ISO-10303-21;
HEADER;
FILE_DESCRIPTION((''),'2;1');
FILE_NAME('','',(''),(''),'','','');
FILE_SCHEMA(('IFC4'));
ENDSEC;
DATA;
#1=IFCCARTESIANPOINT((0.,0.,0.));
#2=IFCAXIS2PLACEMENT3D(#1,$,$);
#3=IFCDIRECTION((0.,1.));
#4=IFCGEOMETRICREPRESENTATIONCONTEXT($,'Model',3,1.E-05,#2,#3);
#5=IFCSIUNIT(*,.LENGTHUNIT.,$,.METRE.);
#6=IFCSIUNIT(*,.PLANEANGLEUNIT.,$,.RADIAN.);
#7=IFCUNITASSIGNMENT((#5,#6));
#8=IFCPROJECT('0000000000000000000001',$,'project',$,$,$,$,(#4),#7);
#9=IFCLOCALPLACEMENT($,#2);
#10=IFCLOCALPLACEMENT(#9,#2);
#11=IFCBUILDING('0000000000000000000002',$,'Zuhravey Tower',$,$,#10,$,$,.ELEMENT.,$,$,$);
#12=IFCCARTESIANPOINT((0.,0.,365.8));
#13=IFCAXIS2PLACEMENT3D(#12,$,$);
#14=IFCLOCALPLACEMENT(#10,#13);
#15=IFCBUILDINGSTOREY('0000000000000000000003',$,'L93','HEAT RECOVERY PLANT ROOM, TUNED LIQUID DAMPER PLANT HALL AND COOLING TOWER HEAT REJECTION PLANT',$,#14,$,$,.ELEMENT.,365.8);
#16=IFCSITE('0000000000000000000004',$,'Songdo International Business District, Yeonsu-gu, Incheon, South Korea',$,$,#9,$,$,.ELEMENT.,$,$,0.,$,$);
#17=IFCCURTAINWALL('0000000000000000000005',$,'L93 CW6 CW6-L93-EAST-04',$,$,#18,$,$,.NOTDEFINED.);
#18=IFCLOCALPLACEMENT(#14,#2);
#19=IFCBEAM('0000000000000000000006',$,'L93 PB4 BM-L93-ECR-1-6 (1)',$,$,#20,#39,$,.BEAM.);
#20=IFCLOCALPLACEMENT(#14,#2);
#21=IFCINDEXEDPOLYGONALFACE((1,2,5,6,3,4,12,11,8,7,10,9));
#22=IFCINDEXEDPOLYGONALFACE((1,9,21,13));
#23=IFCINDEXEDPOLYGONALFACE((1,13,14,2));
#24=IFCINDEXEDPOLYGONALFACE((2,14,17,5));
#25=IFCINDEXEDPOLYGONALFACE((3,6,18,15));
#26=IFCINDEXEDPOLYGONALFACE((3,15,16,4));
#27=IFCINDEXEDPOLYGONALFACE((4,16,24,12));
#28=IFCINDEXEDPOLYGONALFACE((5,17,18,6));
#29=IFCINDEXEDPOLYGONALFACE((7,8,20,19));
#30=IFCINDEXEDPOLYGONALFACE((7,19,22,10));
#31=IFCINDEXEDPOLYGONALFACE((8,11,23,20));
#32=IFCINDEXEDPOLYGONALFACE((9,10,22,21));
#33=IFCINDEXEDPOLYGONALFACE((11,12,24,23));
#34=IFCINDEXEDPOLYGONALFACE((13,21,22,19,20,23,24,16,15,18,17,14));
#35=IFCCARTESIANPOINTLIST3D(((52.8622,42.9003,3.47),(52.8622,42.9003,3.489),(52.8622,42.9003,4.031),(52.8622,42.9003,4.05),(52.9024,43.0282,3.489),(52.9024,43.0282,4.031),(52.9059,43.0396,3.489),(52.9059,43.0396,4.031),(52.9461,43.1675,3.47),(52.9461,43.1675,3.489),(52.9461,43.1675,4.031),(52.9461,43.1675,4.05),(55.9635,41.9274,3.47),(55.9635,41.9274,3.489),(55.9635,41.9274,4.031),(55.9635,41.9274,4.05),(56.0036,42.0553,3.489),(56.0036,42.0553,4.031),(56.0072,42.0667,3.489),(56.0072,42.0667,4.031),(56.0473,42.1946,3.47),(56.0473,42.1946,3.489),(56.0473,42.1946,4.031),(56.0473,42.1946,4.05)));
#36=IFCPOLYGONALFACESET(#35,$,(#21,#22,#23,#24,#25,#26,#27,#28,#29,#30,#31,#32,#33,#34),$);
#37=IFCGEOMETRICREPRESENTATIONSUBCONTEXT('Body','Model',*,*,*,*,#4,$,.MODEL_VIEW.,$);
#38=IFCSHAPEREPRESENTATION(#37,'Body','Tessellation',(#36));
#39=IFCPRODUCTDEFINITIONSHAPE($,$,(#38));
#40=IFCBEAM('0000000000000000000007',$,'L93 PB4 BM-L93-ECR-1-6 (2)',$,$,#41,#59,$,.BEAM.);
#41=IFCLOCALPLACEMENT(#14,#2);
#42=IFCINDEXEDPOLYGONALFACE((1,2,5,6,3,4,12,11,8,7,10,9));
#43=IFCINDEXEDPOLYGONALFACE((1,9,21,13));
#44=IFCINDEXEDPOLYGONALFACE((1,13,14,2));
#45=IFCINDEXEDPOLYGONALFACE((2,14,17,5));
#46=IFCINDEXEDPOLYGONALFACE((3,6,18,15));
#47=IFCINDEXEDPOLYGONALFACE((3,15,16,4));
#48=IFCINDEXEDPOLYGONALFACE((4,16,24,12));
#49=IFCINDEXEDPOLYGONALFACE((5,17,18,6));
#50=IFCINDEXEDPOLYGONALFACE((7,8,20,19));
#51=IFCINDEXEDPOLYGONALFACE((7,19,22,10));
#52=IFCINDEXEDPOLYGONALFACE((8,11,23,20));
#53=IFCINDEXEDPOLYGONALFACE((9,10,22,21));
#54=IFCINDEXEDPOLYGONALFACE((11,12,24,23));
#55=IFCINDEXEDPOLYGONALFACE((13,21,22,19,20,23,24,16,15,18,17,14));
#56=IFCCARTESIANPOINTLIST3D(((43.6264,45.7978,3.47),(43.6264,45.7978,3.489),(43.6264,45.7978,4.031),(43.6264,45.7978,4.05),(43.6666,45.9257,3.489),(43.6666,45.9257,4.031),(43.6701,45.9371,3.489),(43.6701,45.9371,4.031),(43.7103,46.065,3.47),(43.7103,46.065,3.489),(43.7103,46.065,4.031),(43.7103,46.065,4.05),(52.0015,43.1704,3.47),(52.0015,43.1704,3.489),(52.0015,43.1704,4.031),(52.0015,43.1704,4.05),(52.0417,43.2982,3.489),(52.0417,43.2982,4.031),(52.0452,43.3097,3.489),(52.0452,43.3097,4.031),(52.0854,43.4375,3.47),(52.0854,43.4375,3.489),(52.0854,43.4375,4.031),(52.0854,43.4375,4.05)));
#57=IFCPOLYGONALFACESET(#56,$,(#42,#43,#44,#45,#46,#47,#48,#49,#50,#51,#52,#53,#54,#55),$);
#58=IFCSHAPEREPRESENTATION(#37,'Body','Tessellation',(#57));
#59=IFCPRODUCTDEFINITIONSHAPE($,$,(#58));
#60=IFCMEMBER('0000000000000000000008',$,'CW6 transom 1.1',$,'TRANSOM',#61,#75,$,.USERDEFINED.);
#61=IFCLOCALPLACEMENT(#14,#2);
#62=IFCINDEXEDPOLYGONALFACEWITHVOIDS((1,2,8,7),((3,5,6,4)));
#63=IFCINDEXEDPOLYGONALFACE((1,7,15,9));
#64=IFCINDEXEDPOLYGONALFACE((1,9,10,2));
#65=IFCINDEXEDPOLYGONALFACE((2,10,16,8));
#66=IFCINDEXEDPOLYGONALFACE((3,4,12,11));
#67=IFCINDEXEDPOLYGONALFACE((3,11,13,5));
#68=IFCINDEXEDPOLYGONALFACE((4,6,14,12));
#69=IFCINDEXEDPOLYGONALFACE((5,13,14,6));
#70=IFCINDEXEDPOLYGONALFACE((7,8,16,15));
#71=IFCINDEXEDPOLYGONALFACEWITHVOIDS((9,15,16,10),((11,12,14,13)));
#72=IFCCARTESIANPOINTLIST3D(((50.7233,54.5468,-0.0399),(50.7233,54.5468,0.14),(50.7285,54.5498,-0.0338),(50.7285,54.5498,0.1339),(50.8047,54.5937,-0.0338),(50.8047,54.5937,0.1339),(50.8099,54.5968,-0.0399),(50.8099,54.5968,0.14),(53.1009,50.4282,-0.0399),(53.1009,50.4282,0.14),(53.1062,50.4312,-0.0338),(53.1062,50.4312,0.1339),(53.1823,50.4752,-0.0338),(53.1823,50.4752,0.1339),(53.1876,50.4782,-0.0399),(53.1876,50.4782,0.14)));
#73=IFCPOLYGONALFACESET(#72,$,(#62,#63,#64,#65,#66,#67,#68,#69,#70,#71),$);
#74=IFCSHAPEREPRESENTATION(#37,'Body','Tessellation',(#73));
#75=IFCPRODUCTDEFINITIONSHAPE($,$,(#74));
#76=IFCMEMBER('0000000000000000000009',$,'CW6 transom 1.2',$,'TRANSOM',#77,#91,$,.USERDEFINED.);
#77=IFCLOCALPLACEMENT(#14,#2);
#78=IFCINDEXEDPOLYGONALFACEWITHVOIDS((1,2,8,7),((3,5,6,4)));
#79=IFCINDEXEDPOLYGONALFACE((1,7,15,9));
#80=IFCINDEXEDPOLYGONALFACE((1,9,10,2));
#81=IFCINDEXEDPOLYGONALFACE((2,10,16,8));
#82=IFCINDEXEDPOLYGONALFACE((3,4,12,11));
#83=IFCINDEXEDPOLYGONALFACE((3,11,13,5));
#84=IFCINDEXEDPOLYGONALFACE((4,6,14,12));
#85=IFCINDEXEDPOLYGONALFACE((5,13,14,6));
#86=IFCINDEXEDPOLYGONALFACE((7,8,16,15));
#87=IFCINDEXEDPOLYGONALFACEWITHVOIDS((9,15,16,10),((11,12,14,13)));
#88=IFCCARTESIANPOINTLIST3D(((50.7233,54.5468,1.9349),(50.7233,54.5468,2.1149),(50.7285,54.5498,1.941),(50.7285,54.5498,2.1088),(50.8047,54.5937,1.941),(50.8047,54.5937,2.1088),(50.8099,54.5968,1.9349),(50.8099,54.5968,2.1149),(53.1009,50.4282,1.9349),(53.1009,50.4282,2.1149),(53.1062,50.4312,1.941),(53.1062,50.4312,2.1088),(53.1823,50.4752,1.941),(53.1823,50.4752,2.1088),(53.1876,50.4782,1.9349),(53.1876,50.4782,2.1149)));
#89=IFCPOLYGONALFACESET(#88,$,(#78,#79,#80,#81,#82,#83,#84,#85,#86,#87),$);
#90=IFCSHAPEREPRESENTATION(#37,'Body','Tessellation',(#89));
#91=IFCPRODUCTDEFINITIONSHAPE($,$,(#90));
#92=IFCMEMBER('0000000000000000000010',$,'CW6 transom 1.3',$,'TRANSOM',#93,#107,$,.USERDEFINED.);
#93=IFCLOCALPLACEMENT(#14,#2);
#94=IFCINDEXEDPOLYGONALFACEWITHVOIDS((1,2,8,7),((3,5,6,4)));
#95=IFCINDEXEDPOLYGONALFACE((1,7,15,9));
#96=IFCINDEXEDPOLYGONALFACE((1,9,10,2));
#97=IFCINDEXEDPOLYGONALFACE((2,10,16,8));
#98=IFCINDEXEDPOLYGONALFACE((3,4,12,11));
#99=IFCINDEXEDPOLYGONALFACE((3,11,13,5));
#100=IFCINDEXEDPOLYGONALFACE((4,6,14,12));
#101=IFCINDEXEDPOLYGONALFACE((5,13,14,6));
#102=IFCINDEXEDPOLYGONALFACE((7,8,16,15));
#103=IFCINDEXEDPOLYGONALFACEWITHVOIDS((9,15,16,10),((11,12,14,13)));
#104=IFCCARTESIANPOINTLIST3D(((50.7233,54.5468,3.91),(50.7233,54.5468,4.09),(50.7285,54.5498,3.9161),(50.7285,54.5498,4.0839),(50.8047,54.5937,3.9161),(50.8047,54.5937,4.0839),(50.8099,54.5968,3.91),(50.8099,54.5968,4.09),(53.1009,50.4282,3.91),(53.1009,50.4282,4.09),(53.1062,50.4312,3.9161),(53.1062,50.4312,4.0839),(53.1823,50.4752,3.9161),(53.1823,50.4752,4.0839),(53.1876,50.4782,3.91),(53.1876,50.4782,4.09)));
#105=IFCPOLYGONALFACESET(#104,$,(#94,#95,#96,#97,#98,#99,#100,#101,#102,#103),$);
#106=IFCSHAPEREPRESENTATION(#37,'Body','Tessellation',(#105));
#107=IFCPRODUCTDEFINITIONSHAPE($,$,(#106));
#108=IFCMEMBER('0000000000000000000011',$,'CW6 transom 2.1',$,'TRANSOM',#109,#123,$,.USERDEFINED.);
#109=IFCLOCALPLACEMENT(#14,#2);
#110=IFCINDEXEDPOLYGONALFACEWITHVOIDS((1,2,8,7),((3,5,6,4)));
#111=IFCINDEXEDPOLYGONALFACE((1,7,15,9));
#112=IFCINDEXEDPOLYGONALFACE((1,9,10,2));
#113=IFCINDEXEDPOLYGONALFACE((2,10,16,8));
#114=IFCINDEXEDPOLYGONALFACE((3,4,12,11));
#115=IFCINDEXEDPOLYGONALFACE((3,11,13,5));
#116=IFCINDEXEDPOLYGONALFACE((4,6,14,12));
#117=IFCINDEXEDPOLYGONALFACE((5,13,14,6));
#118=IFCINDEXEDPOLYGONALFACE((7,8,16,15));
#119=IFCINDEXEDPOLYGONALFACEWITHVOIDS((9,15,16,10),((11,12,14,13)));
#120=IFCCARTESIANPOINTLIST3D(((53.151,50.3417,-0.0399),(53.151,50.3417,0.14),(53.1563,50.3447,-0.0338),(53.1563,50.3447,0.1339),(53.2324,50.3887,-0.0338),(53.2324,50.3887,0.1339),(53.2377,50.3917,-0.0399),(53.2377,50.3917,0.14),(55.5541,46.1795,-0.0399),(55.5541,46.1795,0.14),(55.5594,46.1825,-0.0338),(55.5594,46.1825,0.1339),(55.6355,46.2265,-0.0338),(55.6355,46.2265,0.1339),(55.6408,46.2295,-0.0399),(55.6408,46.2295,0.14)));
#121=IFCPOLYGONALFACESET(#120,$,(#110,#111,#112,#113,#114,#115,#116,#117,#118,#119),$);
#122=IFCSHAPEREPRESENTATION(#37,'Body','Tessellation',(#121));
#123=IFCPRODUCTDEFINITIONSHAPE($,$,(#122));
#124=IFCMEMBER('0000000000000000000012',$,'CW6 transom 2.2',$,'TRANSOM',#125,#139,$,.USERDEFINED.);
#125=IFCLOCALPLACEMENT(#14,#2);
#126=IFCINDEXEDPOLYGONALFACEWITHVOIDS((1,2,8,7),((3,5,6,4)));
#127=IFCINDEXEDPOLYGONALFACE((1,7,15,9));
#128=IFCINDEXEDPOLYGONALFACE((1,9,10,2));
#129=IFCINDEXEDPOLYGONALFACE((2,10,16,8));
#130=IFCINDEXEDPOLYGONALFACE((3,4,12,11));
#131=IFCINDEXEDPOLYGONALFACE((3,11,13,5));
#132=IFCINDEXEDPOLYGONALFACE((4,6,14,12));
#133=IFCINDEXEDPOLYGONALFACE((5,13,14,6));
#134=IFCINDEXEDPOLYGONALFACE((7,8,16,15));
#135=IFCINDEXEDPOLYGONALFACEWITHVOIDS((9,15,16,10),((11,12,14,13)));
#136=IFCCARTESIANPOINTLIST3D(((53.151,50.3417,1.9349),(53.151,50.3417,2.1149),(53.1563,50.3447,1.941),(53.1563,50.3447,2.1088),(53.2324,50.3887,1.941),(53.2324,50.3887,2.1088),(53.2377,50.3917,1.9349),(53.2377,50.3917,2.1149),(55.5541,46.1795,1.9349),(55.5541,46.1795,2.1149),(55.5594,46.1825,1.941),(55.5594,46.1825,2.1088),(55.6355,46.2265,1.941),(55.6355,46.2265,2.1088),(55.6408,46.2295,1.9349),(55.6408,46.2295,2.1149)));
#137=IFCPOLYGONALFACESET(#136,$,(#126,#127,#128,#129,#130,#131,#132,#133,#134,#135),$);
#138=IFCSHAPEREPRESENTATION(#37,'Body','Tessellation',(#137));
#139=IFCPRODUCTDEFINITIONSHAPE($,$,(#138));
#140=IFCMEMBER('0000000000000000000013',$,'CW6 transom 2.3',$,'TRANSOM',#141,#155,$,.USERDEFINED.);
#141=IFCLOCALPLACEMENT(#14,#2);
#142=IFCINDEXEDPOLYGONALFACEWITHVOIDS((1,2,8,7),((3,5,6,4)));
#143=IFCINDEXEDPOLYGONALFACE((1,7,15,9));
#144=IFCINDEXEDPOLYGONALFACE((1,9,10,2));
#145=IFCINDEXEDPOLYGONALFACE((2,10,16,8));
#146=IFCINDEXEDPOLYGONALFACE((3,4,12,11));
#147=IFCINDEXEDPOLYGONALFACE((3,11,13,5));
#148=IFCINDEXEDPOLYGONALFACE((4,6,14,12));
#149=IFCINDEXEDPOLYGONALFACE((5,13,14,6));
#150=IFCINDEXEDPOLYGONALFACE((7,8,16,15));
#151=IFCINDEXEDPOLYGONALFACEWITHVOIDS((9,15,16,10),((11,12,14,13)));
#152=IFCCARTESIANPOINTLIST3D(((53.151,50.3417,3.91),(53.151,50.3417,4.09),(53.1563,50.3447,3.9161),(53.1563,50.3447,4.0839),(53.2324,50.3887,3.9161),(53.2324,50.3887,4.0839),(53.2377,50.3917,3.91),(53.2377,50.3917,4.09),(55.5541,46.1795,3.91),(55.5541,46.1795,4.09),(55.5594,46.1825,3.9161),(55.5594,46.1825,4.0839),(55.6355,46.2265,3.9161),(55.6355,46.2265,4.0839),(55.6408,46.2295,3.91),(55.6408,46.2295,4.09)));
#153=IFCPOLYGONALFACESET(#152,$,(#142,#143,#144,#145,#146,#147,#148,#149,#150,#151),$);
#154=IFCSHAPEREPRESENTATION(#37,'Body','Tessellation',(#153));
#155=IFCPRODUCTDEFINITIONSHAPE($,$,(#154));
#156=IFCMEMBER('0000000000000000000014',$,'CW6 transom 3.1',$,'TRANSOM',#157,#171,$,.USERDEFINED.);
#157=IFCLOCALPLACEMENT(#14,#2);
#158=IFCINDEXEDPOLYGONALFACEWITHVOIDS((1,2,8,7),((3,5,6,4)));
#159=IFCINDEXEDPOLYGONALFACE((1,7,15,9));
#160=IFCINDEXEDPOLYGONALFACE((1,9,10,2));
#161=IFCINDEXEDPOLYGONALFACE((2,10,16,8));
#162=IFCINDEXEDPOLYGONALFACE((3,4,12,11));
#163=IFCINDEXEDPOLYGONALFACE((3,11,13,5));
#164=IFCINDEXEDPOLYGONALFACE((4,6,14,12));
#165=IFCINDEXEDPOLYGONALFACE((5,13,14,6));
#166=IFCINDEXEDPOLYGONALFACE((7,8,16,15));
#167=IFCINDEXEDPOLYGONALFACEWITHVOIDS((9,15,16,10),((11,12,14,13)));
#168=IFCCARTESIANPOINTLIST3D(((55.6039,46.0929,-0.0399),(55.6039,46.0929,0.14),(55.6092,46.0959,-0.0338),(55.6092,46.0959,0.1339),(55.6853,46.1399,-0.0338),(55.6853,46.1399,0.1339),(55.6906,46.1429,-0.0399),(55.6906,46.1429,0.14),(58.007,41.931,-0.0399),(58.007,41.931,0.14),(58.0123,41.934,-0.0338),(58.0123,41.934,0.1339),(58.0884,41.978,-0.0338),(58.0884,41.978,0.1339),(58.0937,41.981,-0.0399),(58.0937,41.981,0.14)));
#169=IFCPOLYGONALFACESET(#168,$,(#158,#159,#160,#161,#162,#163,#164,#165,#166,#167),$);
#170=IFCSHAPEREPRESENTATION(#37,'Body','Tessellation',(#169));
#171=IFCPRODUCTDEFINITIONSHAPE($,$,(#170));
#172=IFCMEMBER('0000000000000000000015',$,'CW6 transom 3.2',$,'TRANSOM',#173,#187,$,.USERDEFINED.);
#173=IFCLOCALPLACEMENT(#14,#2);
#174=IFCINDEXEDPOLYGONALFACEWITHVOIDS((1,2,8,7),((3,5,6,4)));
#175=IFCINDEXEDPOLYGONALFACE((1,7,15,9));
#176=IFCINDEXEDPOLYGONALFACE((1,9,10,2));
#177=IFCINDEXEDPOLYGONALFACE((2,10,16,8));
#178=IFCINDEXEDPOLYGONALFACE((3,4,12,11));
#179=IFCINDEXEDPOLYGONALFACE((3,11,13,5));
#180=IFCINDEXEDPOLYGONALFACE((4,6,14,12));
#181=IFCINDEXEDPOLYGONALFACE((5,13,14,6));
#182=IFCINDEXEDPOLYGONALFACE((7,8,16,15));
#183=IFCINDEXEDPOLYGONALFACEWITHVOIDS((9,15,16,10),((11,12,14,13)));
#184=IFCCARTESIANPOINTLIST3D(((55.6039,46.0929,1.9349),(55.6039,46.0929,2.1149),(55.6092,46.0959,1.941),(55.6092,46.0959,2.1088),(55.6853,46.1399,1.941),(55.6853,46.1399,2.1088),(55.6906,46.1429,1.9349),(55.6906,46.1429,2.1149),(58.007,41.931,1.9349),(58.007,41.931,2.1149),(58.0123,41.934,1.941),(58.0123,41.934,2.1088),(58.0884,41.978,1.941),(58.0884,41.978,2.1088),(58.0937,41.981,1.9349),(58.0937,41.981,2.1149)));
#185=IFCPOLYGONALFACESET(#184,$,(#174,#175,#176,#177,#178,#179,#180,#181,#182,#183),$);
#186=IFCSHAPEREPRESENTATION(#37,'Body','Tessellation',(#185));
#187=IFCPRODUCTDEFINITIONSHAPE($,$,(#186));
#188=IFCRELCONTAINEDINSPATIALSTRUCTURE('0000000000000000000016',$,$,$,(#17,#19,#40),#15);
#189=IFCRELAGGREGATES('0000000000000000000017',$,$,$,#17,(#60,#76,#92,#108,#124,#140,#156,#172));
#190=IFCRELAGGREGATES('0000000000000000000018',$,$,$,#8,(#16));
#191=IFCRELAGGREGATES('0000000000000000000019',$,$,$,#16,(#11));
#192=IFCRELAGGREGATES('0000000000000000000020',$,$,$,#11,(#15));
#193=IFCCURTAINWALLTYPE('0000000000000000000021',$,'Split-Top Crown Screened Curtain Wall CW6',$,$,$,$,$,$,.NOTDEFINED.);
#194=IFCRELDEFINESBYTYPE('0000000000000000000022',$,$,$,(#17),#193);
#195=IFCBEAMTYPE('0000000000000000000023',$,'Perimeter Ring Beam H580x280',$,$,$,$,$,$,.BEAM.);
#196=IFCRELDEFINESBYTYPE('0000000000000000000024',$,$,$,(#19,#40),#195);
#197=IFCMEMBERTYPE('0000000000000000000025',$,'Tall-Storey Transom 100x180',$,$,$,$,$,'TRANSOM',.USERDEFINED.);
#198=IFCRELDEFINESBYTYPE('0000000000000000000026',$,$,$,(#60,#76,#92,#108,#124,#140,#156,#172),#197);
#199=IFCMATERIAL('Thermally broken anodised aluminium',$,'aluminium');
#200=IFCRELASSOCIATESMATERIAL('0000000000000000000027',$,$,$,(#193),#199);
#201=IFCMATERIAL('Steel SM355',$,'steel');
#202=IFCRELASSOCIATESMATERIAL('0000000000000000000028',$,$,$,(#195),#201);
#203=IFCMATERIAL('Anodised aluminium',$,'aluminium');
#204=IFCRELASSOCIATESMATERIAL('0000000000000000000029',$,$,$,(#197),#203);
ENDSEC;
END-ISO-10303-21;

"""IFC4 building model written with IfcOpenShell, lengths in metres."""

from ifc_helpers import new_model, si_unit, direction, frame, origin, origin_2d, place, context, subcontext, project, spatial, hollow_rectangle, i_section, extrude, material, material_profile, profile_set, type_object, element, aggregate, save


model = new_model("IFC4")

# Units and contexts
model_context = context("Model", 3, precision=1e-05, world=origin(), true_north=direction((0.0, 1.0)))
body_context = subcontext(model_context, "Body", "Model", "MODEL_VIEW")
ifc_project = project(units=[si_unit("LENGTHUNIT", "METRE"), si_unit("PLANEANGLEUNIT", "RADIAN")], contexts=[model_context])

# Site, building, storey
site_placement = place(None, origin())
site = spatial("IfcSite", under=ifc_project, at=site_placement, Name="Songdo International Business District, Yeonsu-gu, Incheon, South Korea", CompositionType="ELEMENT", RefElevation=0.0)
building_placement = place(site_placement, origin())
building = spatial("IfcBuilding", under=site, at=building_placement, Name="Zuhravey Tower", CompositionType="ELEMENT")
storey_placement = place(building_placement, frame((0.0, 0.0, 365.8)))
storey = spatial("IfcBuildingStorey", under=building, at=storey_placement, Name="L93", Description="HEAT RECOVERY PLANT ROOM, TUNED LIQUID DAMPER PLANT HALL AND COOLING TOWER HEAT REJECTION PLANT", CompositionType="ELEMENT", Elevation=365.8)

# Shared definitions
ifc_material_1 = material(Name="Steel SM355", Category="steel")

# Curtain wall
ifc_material_2 = material(Name="Thermally broken anodised aluminium", Category="aluminium")
curtain_wall_type = type_object("IfcCurtainWallType", Name="Split-Top Crown Screened Curtain Wall CW6", PredefinedType="NOTDEFINED", material=ifc_material_2)
curtain_wall_placement = place(storey_placement, origin())
curtain_wall = element("IfcCurtainWall", 1, at=curtain_wall_placement, inside=storey, type_object=curtain_wall_type, Name="L93 CW6 CW6-L93-EAST-04", PredefinedType="NOTDEFINED")
ifc_material_3 = material(Name="Anodised aluminium", Category="aluminium")

# Beams
ifc_material_profile_1 = material_profile(ifc_material_1, i_section(OverallWidth=0.28, OverallDepth=0.5801, WebThickness=0.012, FlangeThickness=0.019, at=origin_2d()), Name="H-580x280x12x19")
ifc_profile_set_1 = profile_set([ifc_material_profile_1], Name="Steel SM355")
beam_type = type_object("IfcBeamType", Name="Perimeter Ring Beam H580x280", PredefinedType="BEAM", material=ifc_profile_set_1)
beam_1_placement = place(storey_placement, frame((56.0054, 42.061, 3.76), z_axis=(-0.954152, 0.299323, 0.0), x_axis=(-0.299323, -0.954152, 0.0)))
element("IfcBeam", 2, at=beam_1_placement, inside=storey, type_object=beam_type, Name="L93 PB4 BM-L93-ECR-1-6 (1)", PredefinedType="BEAM", context=body_context, shape_type="SweptSolid", body=[
    extrude(i_section(OverallWidth=0.28, OverallDepth=0.5801, WebThickness=0.012, FlangeThickness=0.019, at=origin_2d()), origin(), (0.0, 0.0, 1.0), 3.2502),
])
beam_2_placement = place(storey_placement, frame((52.0435, 43.304, 3.76), z_axis=(-0.954147, 0.299339, 0.0), x_axis=(-0.299339, -0.954147, 0.0)))
element("IfcBeam", 3, at=beam_2_placement, inside=storey, type_object=beam_type, Name="L93 PB4 BM-L93-ECR-1-6 (2)", PredefinedType="BEAM", context=body_context, shape_type="SweptSolid", body=[
    extrude(i_section(OverallWidth=0.28, OverallDepth=0.5801, WebThickness=0.012, FlangeThickness=0.019, at=origin_2d()), origin(), (0.0, 0.0, 1.0), 8.7776),
])

# Members
ifc_material_profile_2 = material_profile(ifc_material_3, hollow_rectangle(XDim=0.1001, YDim=0.1799, WallThickness=0.0061, at=origin_2d()), Name="ALU-RHS-100x180x6")
ifc_profile_set_2 = profile_set([ifc_material_profile_2], Name="Anodised aluminium")
member_type_1 = type_object("IfcMemberType", Name="Tall-Storey Transom 100x180", ElementType="TRANSOM", PredefinedType="USERDEFINED", material=ifc_profile_set_2)
member_1_placement = place(storey_placement, frame((50.7666, 54.5718, 0.05), z_axis=(0.499965, -0.866045, 0.0), x_axis=(0.866045, 0.499965, 0.0)))
member_1 = element("IfcMember", 4, at=member_1_placement, type_object=member_type_1, Name="CW6 transom 1.1", ObjectType="TRANSOM", PredefinedType="USERDEFINED", context=body_context, shape_type="SweptSolid", body=[
    extrude(hollow_rectangle(XDim=0.1001, YDim=0.1799, WallThickness=0.0061, at=origin_2d()), origin(), (0.0, 0.0, 1.0), 4.7556),
])
member_2_placement = place(storey_placement, frame((50.7666, 54.5718, 2.0249), z_axis=(0.499965, -0.866045, 0.0), x_axis=(0.866045, 0.499965, 0.0)))
member_2 = element("IfcMember", 5, at=member_2_placement, type_object=member_type_1, Name="CW6 transom 1.2", ObjectType="TRANSOM", PredefinedType="USERDEFINED", context=body_context, shape_type="SweptSolid", body=[
    extrude(hollow_rectangle(XDim=0.1001, YDim=0.1799, WallThickness=0.0061, at=origin_2d()), origin(), (0.0, 0.0, 1.0), 4.7556),
])
member_3_placement = place(storey_placement, frame((50.7666, 54.5718, 4.0), z_axis=(0.499965, -0.866045, 0.0), x_axis=(0.866045, 0.499965, 0.0)))
member_3 = element("IfcMember", 6, at=member_3_placement, type_object=member_type_1, Name="CW6 transom 1.3", ObjectType="TRANSOM", PredefinedType="USERDEFINED", context=body_context, shape_type="SweptSolid", body=[
    extrude(hollow_rectangle(XDim=0.1001, YDim=0.1799, WallThickness=0.0061, at=origin_2d()), origin(), (0.0, 0.0, 1.0), 4.7556),
])
member_4_placement = place(storey_placement, frame((53.1943, 50.3667, 0.05), z_axis=(0.500013, -0.866018, 0.0), x_axis=(0.866018, 0.500013, 0.0)))
member_4 = element("IfcMember", 7, at=member_4_placement, type_object=member_type_1, Name="CW6 transom 2.1", ObjectType="TRANSOM", PredefinedType="USERDEFINED", context=body_context, shape_type="SweptSolid", body=[
    extrude(hollow_rectangle(XDim=0.1001, YDim=0.1799, WallThickness=0.0061, at=origin_2d()), origin(), (0.0, 0.0, 1.0), 4.8062),
])
member_5_placement = place(storey_placement, frame((53.1943, 50.3667, 2.0249), z_axis=(0.500013, -0.866018, 0.0), x_axis=(0.866018, 0.500013, 0.0)))
member_5 = element("IfcMember", 8, at=member_5_placement, type_object=member_type_1, Name="CW6 transom 2.2", ObjectType="TRANSOM", PredefinedType="USERDEFINED", context=body_context, shape_type="SweptSolid", body=[
    extrude(hollow_rectangle(XDim=0.1001, YDim=0.1799, WallThickness=0.0061, at=origin_2d()), origin(), (0.0, 0.0, 1.0), 4.8062),
])
member_6_placement = place(storey_placement, frame((53.1943, 50.3667, 4.0), z_axis=(0.500013, -0.866018, 0.0), x_axis=(0.866018, 0.500013, 0.0)))
member_6 = element("IfcMember", 9, at=member_6_placement, type_object=member_type_1, Name="CW6 transom 2.3", ObjectType="TRANSOM", PredefinedType="USERDEFINED", context=body_context, shape_type="SweptSolid", body=[
    extrude(hollow_rectangle(XDim=0.1001, YDim=0.1799, WallThickness=0.0061, at=origin_2d()), origin(), (0.0, 0.0, 1.0), 4.8062),
])
member_7_placement = place(storey_placement, frame((55.6472, 46.1179, 0.05), z_axis=(0.500035, -0.866005, 0.0), x_axis=(0.866005, 0.500035, 0.0)))
member_7 = element("IfcMember", 10, at=member_7_placement, type_object=member_type_1, Name="CW6 transom 3.1", ObjectType="TRANSOM", PredefinedType="USERDEFINED", context=body_context, shape_type="SweptSolid", body=[
    extrude(hollow_rectangle(XDim=0.1001, YDim=0.1799, WallThickness=0.0061, at=origin_2d()), origin(), (0.0, 0.0, 1.0), 4.8059),
])
member_8_placement = place(storey_placement, frame((55.6472, 46.1179, 2.0249), z_axis=(0.500035, -0.866005, 0.0), x_axis=(0.866005, 0.500035, 0.0)))
member_8 = element("IfcMember", 11, at=member_8_placement, type_object=member_type_1, Name="CW6 transom 3.2", ObjectType="TRANSOM", PredefinedType="USERDEFINED", context=body_context, shape_type="SweptSolid", body=[
    extrude(hollow_rectangle(XDim=0.1001, YDim=0.1799, WallThickness=0.0061, at=origin_2d()), origin(), (0.0, 0.0, 1.0), 4.8059),
])

aggregate(curtain_wall, [member_1, member_2, member_3, member_4, member_5, member_6, member_7, member_8])

save(model, "model.ifc")
